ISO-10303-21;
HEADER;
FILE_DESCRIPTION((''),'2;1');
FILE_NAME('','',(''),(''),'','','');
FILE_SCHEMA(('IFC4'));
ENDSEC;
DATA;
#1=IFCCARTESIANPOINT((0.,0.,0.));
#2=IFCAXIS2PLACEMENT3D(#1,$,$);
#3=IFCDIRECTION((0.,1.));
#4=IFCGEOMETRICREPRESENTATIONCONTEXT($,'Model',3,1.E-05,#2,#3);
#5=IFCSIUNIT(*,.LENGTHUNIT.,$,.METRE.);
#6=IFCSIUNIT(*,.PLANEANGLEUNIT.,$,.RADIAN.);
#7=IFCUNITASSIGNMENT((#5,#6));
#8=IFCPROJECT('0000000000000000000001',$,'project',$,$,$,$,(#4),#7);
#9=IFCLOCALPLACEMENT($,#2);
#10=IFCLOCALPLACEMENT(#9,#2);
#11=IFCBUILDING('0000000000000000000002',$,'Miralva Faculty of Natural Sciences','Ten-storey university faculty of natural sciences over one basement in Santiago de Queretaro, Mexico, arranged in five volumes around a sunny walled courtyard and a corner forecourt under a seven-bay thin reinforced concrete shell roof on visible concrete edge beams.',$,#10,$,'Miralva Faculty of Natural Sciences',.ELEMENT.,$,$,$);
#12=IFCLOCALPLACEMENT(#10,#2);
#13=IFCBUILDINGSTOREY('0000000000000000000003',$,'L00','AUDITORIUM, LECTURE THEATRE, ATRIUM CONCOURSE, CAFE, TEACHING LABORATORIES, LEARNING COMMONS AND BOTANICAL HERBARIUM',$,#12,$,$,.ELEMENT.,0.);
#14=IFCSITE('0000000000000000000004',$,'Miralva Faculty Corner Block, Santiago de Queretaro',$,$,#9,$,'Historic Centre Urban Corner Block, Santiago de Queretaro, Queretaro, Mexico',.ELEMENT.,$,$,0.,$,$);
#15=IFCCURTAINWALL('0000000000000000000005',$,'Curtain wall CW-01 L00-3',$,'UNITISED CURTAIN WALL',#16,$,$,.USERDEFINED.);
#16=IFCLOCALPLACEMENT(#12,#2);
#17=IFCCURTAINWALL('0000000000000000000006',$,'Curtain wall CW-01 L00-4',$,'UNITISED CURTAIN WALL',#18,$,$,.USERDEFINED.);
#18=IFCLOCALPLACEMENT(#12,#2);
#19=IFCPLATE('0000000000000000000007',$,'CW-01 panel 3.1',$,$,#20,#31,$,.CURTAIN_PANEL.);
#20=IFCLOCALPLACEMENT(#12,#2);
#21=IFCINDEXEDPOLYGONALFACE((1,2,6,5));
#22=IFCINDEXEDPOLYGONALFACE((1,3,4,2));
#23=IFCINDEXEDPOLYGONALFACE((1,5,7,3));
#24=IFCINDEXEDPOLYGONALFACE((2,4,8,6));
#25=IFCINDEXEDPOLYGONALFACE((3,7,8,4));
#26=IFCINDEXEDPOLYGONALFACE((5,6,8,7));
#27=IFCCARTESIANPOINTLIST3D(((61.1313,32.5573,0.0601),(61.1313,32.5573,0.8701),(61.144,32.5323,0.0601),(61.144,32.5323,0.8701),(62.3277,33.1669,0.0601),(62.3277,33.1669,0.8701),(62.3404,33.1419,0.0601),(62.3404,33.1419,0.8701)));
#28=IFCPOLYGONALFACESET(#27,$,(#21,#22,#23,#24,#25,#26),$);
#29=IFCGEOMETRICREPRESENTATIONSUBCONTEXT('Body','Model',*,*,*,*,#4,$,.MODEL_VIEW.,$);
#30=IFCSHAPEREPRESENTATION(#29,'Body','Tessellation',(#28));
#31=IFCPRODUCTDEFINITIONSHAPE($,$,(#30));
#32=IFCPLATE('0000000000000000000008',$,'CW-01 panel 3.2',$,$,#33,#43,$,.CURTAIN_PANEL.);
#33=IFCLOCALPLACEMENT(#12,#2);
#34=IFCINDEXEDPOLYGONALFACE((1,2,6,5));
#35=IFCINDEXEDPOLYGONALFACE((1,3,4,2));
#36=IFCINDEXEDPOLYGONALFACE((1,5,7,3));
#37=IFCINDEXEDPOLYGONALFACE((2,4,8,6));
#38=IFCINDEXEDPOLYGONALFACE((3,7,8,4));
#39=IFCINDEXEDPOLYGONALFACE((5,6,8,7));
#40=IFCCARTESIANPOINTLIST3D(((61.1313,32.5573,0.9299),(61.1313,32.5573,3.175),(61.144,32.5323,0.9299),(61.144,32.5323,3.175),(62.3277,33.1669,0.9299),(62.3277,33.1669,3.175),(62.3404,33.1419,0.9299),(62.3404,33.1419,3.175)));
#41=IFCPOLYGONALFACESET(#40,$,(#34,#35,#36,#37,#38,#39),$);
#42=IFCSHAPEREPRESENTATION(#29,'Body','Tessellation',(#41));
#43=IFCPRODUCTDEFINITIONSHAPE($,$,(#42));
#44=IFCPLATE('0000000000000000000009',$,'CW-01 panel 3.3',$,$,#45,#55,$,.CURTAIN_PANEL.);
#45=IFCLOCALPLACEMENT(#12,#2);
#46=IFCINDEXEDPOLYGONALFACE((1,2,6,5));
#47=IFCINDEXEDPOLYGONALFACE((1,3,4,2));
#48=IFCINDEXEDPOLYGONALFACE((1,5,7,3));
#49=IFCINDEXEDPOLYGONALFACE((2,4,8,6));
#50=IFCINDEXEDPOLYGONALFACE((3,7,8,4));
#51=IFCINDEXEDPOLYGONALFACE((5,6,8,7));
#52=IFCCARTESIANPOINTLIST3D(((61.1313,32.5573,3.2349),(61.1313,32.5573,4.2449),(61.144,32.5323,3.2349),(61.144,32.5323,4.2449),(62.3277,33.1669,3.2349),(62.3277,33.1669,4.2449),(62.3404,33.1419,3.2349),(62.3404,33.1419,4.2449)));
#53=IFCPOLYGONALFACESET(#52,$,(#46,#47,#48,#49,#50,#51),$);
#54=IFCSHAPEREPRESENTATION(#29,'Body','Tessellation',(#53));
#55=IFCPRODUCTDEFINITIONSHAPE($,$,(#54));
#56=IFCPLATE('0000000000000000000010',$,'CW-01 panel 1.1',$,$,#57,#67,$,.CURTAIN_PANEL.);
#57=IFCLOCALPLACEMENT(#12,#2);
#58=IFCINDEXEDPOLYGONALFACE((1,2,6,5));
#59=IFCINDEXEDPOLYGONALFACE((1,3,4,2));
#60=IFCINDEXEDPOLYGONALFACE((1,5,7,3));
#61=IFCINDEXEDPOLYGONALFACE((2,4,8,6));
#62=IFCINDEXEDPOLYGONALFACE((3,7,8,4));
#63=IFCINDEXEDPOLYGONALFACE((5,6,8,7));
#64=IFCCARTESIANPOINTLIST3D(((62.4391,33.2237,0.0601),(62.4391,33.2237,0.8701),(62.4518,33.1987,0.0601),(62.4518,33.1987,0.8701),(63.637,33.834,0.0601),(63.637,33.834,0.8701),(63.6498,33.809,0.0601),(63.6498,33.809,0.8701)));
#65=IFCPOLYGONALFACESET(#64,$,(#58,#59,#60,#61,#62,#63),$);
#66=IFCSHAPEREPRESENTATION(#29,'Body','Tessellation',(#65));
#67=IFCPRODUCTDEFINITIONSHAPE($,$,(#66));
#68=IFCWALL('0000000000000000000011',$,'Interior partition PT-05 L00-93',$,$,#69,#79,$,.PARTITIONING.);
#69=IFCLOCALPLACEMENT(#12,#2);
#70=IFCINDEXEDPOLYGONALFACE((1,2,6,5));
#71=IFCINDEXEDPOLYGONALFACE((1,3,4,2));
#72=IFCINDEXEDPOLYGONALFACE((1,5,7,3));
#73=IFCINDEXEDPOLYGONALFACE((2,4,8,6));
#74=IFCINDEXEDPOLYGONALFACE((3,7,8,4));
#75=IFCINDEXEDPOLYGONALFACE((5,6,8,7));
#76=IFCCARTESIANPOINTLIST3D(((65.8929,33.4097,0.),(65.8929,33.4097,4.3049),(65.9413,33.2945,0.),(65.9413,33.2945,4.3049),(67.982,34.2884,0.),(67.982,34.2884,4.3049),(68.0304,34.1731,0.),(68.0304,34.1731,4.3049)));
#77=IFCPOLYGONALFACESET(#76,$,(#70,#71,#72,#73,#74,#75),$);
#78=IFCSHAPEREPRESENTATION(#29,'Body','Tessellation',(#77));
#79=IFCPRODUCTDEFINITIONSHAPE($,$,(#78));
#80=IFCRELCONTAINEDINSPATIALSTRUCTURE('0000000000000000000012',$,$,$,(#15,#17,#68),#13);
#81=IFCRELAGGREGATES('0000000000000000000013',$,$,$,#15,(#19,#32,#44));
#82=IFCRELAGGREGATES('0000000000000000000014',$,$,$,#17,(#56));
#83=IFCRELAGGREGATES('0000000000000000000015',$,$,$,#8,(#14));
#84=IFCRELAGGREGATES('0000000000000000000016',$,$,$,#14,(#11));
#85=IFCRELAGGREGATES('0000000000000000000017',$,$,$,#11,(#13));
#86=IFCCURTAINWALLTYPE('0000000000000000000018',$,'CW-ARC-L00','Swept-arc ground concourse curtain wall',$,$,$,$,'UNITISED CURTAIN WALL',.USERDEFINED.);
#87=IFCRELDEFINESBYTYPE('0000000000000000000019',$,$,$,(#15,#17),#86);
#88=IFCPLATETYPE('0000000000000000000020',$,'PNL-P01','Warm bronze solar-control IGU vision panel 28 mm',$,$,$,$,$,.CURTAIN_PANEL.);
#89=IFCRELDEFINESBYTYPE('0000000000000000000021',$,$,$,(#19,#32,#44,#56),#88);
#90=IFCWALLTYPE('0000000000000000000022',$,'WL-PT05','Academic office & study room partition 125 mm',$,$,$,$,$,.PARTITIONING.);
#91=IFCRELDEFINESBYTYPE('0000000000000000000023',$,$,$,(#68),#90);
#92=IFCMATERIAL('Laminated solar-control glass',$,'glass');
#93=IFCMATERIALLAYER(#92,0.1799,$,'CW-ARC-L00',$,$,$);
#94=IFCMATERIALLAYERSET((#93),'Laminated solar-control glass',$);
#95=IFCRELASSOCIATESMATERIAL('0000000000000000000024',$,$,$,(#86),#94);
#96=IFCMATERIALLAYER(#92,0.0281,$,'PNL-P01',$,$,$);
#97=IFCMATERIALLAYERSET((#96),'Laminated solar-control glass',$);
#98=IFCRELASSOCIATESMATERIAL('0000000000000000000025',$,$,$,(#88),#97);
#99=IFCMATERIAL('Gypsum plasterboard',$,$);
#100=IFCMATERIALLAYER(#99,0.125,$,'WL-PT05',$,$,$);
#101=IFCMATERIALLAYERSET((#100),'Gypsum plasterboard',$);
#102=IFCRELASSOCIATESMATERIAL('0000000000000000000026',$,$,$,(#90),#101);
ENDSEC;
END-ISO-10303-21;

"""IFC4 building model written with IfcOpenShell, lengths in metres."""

from ifc_helpers import new_model, si_unit, direction, frame, frame_2d, origin, origin_2d, place, context, subcontext, project, spatial, rectangle, extrude, material, layer, layer_set, type_object, element, aggregate, save


model = new_model("IFC4")

# Units and contexts
model_context = context("Model", 3, precision=1e-05, world=origin(), true_north=direction((0.0, 1.0)))
body_context = subcontext(model_context, "Body", "Model", "MODEL_VIEW")
ifc_project = project(units=[si_unit("LENGTHUNIT", "METRE"), si_unit("PLANEANGLEUNIT", "RADIAN")], contexts=[model_context])

# Site, building, storey
site_placement = place(None, origin())
site = spatial("IfcSite", under=ifc_project, at=site_placement, Name="Miralva Faculty Corner Block, Santiago de Queretaro", LongName="Historic Centre Urban Corner Block, Santiago de Queretaro, Queretaro, Mexico", CompositionType="ELEMENT", RefElevation=0.0)
building_placement = place(site_placement, origin())
building = spatial("IfcBuilding", under=site, at=building_placement, Name="Miralva Faculty of Natural Sciences", Description="Ten-storey university faculty of natural sciences over one basement in Santiago de Queretaro, Mexico, arranged in five volumes around a sunny walled courtyard and a corner forecourt under a seven-bay thin reinforced concrete shell roof on visible concrete edge beams.", LongName="Miralva Faculty of Natural Sciences", CompositionType="ELEMENT")
storey_placement = place(building_placement, origin())
storey = spatial("IfcBuildingStorey", under=building, at=storey_placement, Name="L00", Description="AUDITORIUM, LECTURE THEATRE, ATRIUM CONCOURSE, CAFE, TEACHING LABORATORIES, LEARNING COMMONS AND BOTANICAL HERBARIUM", CompositionType="ELEMENT", Elevation=0.0)

# Curtain wall
ifc_material_1 = material(Name="Laminated solar-control glass", Category="glass")
ifc_layer_1 = layer(ifc_material_1, 0.1799, Name="CW-ARC-L00")
ifc_layer_set_1 = layer_set([ifc_layer_1], Name="Laminated solar-control glass")
curtain_wall_type = type_object("IfcCurtainWallType", Name="CW-ARC-L00", Description="Swept-arc ground concourse curtain wall", ElementType="UNITISED CURTAIN WALL", PredefinedType="USERDEFINED", material=ifc_layer_set_1)
curtain_wall_1_placement = place(storey_placement, origin())
curtain_wall_1 = element("IfcCurtainWall", 1, at=curtain_wall_1_placement, inside=storey, type_object=curtain_wall_type, Name="Curtain wall CW-01 L00-3", ObjectType="UNITISED CURTAIN WALL", PredefinedType="USERDEFINED")

# Curtain wall
curtain_wall_2_placement = place(storey_placement, origin())
curtain_wall_2 = element("IfcCurtainWall", 2, at=curtain_wall_2_placement, inside=storey, type_object=curtain_wall_type, Name="Curtain wall CW-01 L00-4", ObjectType="UNITISED CURTAIN WALL", PredefinedType="USERDEFINED")

# Plates
ifc_layer_2 = layer(ifc_material_1, 0.0281, Name="PNL-P01")
ifc_layer_set_2 = layer_set([ifc_layer_2], Name="Laminated solar-control glass")
plate_type = type_object("IfcPlateType", Name="PNL-P01", Description="Warm bronze solar-control IGU vision panel 28 mm", PredefinedType="CURTAIN_PANEL", material=ifc_layer_set_2)
plate_1_placement = place(storey_placement, frame((61.7358, 32.8496, 0.0601), z_axis=(0.0, 0.0, 1.0), x_axis=(0.891004, 0.453995, 0.0)))
plate_1 = element("IfcPlate", 3, at=plate_1_placement, type_object=plate_type, Name="CW-01 panel 3.1", PredefinedType="CURTAIN_PANEL", context=body_context, shape_type="SweptSolid", body=[
    extrude(rectangle(XDim=1.3428, YDim=0.0281, at=origin_2d()), origin(), (0.0, 0.0, 1.0), 0.8101),
])
plate_2_placement = place(storey_placement, frame((61.7358, 32.8496, 0.9299), z_axis=(0.0, 0.0, 1.0), x_axis=(0.891004, 0.453995, 0.0)))
plate_2 = element("IfcPlate", 4, at=plate_2_placement, type_object=plate_type, Name="CW-01 panel 3.2", PredefinedType="CURTAIN_PANEL", context=body_context, shape_type="SweptSolid", body=[
    extrude(rectangle(XDim=1.3428, YDim=0.0281, at=origin_2d()), origin(), (0.0, 0.0, 1.0), 2.2451),
])
plate_3_placement = place(storey_placement, frame((61.7358, 32.8496, 3.2349), z_axis=(0.0, 0.0, 1.0), x_axis=(0.891004, 0.453995, 0.0)))
plate_3 = element("IfcPlate", 5, at=plate_3_placement, type_object=plate_type, Name="CW-01 panel 3.3", PredefinedType="CURTAIN_PANEL", context=body_context, shape_type="SweptSolid", body=[
    extrude(rectangle(XDim=1.3428, YDim=0.0281, at=origin_2d()), origin(), (0.0, 0.0, 1.0), 1.01),
])
aggregate(curtain_wall_1, [plate_1, plate_2, plate_3])
plate_4_placement = place(storey_placement, frame((63.0444, 33.5164, 0.0601), z_axis=(0.0, 0.0, 1.0), x_axis=(0.891017, 0.453969, 0.0)))
plate_4 = element("IfcPlate", 6, at=plate_4_placement, type_object=plate_type, Name="CW-01 panel 1.1", PredefinedType="CURTAIN_PANEL", context=body_context, shape_type="SweptSolid", body=[
    extrude(rectangle(XDim=1.3445, YDim=0.0281, at=origin_2d()), origin(), (0.0, 0.0, 1.0), 0.8101),
])
aggregate(curtain_wall_2, [plate_4])

# Wall
ifc_material_2 = material(Name="Gypsum plasterboard")
ifc_layer_3 = layer(ifc_material_2, 0.125, Name="WL-PT05")
ifc_layer_set_3 = layer_set([ifc_layer_3], Name="Gypsum plasterboard")
wall_type = type_object("IfcWallType", Name="WL-PT05", Description="Academic office & study room partition 125 mm", PredefinedType="PARTITIONING", material=ifc_layer_set_3)
wall_placement = place(storey_placement, frame((65.917, 33.3521, 0.0), z_axis=(0.0, 0.0, 1.0), x_axis=(0.921787, 0.387696, 0.0)))
element("IfcWall", 7, at=wall_placement, inside=storey, type_object=wall_type, Name="Interior partition PT-05 L00-93", PredefinedType="PARTITIONING", context=body_context, shape_type="SweptSolid", body=[
    extrude(rectangle(XDim=2.2664, YDim=0.125, at=frame_2d((1.1333, 0.0))), origin(), (0.0, 0.0, 1.0), 4.3049),
])

save(model, "model.ifc")
